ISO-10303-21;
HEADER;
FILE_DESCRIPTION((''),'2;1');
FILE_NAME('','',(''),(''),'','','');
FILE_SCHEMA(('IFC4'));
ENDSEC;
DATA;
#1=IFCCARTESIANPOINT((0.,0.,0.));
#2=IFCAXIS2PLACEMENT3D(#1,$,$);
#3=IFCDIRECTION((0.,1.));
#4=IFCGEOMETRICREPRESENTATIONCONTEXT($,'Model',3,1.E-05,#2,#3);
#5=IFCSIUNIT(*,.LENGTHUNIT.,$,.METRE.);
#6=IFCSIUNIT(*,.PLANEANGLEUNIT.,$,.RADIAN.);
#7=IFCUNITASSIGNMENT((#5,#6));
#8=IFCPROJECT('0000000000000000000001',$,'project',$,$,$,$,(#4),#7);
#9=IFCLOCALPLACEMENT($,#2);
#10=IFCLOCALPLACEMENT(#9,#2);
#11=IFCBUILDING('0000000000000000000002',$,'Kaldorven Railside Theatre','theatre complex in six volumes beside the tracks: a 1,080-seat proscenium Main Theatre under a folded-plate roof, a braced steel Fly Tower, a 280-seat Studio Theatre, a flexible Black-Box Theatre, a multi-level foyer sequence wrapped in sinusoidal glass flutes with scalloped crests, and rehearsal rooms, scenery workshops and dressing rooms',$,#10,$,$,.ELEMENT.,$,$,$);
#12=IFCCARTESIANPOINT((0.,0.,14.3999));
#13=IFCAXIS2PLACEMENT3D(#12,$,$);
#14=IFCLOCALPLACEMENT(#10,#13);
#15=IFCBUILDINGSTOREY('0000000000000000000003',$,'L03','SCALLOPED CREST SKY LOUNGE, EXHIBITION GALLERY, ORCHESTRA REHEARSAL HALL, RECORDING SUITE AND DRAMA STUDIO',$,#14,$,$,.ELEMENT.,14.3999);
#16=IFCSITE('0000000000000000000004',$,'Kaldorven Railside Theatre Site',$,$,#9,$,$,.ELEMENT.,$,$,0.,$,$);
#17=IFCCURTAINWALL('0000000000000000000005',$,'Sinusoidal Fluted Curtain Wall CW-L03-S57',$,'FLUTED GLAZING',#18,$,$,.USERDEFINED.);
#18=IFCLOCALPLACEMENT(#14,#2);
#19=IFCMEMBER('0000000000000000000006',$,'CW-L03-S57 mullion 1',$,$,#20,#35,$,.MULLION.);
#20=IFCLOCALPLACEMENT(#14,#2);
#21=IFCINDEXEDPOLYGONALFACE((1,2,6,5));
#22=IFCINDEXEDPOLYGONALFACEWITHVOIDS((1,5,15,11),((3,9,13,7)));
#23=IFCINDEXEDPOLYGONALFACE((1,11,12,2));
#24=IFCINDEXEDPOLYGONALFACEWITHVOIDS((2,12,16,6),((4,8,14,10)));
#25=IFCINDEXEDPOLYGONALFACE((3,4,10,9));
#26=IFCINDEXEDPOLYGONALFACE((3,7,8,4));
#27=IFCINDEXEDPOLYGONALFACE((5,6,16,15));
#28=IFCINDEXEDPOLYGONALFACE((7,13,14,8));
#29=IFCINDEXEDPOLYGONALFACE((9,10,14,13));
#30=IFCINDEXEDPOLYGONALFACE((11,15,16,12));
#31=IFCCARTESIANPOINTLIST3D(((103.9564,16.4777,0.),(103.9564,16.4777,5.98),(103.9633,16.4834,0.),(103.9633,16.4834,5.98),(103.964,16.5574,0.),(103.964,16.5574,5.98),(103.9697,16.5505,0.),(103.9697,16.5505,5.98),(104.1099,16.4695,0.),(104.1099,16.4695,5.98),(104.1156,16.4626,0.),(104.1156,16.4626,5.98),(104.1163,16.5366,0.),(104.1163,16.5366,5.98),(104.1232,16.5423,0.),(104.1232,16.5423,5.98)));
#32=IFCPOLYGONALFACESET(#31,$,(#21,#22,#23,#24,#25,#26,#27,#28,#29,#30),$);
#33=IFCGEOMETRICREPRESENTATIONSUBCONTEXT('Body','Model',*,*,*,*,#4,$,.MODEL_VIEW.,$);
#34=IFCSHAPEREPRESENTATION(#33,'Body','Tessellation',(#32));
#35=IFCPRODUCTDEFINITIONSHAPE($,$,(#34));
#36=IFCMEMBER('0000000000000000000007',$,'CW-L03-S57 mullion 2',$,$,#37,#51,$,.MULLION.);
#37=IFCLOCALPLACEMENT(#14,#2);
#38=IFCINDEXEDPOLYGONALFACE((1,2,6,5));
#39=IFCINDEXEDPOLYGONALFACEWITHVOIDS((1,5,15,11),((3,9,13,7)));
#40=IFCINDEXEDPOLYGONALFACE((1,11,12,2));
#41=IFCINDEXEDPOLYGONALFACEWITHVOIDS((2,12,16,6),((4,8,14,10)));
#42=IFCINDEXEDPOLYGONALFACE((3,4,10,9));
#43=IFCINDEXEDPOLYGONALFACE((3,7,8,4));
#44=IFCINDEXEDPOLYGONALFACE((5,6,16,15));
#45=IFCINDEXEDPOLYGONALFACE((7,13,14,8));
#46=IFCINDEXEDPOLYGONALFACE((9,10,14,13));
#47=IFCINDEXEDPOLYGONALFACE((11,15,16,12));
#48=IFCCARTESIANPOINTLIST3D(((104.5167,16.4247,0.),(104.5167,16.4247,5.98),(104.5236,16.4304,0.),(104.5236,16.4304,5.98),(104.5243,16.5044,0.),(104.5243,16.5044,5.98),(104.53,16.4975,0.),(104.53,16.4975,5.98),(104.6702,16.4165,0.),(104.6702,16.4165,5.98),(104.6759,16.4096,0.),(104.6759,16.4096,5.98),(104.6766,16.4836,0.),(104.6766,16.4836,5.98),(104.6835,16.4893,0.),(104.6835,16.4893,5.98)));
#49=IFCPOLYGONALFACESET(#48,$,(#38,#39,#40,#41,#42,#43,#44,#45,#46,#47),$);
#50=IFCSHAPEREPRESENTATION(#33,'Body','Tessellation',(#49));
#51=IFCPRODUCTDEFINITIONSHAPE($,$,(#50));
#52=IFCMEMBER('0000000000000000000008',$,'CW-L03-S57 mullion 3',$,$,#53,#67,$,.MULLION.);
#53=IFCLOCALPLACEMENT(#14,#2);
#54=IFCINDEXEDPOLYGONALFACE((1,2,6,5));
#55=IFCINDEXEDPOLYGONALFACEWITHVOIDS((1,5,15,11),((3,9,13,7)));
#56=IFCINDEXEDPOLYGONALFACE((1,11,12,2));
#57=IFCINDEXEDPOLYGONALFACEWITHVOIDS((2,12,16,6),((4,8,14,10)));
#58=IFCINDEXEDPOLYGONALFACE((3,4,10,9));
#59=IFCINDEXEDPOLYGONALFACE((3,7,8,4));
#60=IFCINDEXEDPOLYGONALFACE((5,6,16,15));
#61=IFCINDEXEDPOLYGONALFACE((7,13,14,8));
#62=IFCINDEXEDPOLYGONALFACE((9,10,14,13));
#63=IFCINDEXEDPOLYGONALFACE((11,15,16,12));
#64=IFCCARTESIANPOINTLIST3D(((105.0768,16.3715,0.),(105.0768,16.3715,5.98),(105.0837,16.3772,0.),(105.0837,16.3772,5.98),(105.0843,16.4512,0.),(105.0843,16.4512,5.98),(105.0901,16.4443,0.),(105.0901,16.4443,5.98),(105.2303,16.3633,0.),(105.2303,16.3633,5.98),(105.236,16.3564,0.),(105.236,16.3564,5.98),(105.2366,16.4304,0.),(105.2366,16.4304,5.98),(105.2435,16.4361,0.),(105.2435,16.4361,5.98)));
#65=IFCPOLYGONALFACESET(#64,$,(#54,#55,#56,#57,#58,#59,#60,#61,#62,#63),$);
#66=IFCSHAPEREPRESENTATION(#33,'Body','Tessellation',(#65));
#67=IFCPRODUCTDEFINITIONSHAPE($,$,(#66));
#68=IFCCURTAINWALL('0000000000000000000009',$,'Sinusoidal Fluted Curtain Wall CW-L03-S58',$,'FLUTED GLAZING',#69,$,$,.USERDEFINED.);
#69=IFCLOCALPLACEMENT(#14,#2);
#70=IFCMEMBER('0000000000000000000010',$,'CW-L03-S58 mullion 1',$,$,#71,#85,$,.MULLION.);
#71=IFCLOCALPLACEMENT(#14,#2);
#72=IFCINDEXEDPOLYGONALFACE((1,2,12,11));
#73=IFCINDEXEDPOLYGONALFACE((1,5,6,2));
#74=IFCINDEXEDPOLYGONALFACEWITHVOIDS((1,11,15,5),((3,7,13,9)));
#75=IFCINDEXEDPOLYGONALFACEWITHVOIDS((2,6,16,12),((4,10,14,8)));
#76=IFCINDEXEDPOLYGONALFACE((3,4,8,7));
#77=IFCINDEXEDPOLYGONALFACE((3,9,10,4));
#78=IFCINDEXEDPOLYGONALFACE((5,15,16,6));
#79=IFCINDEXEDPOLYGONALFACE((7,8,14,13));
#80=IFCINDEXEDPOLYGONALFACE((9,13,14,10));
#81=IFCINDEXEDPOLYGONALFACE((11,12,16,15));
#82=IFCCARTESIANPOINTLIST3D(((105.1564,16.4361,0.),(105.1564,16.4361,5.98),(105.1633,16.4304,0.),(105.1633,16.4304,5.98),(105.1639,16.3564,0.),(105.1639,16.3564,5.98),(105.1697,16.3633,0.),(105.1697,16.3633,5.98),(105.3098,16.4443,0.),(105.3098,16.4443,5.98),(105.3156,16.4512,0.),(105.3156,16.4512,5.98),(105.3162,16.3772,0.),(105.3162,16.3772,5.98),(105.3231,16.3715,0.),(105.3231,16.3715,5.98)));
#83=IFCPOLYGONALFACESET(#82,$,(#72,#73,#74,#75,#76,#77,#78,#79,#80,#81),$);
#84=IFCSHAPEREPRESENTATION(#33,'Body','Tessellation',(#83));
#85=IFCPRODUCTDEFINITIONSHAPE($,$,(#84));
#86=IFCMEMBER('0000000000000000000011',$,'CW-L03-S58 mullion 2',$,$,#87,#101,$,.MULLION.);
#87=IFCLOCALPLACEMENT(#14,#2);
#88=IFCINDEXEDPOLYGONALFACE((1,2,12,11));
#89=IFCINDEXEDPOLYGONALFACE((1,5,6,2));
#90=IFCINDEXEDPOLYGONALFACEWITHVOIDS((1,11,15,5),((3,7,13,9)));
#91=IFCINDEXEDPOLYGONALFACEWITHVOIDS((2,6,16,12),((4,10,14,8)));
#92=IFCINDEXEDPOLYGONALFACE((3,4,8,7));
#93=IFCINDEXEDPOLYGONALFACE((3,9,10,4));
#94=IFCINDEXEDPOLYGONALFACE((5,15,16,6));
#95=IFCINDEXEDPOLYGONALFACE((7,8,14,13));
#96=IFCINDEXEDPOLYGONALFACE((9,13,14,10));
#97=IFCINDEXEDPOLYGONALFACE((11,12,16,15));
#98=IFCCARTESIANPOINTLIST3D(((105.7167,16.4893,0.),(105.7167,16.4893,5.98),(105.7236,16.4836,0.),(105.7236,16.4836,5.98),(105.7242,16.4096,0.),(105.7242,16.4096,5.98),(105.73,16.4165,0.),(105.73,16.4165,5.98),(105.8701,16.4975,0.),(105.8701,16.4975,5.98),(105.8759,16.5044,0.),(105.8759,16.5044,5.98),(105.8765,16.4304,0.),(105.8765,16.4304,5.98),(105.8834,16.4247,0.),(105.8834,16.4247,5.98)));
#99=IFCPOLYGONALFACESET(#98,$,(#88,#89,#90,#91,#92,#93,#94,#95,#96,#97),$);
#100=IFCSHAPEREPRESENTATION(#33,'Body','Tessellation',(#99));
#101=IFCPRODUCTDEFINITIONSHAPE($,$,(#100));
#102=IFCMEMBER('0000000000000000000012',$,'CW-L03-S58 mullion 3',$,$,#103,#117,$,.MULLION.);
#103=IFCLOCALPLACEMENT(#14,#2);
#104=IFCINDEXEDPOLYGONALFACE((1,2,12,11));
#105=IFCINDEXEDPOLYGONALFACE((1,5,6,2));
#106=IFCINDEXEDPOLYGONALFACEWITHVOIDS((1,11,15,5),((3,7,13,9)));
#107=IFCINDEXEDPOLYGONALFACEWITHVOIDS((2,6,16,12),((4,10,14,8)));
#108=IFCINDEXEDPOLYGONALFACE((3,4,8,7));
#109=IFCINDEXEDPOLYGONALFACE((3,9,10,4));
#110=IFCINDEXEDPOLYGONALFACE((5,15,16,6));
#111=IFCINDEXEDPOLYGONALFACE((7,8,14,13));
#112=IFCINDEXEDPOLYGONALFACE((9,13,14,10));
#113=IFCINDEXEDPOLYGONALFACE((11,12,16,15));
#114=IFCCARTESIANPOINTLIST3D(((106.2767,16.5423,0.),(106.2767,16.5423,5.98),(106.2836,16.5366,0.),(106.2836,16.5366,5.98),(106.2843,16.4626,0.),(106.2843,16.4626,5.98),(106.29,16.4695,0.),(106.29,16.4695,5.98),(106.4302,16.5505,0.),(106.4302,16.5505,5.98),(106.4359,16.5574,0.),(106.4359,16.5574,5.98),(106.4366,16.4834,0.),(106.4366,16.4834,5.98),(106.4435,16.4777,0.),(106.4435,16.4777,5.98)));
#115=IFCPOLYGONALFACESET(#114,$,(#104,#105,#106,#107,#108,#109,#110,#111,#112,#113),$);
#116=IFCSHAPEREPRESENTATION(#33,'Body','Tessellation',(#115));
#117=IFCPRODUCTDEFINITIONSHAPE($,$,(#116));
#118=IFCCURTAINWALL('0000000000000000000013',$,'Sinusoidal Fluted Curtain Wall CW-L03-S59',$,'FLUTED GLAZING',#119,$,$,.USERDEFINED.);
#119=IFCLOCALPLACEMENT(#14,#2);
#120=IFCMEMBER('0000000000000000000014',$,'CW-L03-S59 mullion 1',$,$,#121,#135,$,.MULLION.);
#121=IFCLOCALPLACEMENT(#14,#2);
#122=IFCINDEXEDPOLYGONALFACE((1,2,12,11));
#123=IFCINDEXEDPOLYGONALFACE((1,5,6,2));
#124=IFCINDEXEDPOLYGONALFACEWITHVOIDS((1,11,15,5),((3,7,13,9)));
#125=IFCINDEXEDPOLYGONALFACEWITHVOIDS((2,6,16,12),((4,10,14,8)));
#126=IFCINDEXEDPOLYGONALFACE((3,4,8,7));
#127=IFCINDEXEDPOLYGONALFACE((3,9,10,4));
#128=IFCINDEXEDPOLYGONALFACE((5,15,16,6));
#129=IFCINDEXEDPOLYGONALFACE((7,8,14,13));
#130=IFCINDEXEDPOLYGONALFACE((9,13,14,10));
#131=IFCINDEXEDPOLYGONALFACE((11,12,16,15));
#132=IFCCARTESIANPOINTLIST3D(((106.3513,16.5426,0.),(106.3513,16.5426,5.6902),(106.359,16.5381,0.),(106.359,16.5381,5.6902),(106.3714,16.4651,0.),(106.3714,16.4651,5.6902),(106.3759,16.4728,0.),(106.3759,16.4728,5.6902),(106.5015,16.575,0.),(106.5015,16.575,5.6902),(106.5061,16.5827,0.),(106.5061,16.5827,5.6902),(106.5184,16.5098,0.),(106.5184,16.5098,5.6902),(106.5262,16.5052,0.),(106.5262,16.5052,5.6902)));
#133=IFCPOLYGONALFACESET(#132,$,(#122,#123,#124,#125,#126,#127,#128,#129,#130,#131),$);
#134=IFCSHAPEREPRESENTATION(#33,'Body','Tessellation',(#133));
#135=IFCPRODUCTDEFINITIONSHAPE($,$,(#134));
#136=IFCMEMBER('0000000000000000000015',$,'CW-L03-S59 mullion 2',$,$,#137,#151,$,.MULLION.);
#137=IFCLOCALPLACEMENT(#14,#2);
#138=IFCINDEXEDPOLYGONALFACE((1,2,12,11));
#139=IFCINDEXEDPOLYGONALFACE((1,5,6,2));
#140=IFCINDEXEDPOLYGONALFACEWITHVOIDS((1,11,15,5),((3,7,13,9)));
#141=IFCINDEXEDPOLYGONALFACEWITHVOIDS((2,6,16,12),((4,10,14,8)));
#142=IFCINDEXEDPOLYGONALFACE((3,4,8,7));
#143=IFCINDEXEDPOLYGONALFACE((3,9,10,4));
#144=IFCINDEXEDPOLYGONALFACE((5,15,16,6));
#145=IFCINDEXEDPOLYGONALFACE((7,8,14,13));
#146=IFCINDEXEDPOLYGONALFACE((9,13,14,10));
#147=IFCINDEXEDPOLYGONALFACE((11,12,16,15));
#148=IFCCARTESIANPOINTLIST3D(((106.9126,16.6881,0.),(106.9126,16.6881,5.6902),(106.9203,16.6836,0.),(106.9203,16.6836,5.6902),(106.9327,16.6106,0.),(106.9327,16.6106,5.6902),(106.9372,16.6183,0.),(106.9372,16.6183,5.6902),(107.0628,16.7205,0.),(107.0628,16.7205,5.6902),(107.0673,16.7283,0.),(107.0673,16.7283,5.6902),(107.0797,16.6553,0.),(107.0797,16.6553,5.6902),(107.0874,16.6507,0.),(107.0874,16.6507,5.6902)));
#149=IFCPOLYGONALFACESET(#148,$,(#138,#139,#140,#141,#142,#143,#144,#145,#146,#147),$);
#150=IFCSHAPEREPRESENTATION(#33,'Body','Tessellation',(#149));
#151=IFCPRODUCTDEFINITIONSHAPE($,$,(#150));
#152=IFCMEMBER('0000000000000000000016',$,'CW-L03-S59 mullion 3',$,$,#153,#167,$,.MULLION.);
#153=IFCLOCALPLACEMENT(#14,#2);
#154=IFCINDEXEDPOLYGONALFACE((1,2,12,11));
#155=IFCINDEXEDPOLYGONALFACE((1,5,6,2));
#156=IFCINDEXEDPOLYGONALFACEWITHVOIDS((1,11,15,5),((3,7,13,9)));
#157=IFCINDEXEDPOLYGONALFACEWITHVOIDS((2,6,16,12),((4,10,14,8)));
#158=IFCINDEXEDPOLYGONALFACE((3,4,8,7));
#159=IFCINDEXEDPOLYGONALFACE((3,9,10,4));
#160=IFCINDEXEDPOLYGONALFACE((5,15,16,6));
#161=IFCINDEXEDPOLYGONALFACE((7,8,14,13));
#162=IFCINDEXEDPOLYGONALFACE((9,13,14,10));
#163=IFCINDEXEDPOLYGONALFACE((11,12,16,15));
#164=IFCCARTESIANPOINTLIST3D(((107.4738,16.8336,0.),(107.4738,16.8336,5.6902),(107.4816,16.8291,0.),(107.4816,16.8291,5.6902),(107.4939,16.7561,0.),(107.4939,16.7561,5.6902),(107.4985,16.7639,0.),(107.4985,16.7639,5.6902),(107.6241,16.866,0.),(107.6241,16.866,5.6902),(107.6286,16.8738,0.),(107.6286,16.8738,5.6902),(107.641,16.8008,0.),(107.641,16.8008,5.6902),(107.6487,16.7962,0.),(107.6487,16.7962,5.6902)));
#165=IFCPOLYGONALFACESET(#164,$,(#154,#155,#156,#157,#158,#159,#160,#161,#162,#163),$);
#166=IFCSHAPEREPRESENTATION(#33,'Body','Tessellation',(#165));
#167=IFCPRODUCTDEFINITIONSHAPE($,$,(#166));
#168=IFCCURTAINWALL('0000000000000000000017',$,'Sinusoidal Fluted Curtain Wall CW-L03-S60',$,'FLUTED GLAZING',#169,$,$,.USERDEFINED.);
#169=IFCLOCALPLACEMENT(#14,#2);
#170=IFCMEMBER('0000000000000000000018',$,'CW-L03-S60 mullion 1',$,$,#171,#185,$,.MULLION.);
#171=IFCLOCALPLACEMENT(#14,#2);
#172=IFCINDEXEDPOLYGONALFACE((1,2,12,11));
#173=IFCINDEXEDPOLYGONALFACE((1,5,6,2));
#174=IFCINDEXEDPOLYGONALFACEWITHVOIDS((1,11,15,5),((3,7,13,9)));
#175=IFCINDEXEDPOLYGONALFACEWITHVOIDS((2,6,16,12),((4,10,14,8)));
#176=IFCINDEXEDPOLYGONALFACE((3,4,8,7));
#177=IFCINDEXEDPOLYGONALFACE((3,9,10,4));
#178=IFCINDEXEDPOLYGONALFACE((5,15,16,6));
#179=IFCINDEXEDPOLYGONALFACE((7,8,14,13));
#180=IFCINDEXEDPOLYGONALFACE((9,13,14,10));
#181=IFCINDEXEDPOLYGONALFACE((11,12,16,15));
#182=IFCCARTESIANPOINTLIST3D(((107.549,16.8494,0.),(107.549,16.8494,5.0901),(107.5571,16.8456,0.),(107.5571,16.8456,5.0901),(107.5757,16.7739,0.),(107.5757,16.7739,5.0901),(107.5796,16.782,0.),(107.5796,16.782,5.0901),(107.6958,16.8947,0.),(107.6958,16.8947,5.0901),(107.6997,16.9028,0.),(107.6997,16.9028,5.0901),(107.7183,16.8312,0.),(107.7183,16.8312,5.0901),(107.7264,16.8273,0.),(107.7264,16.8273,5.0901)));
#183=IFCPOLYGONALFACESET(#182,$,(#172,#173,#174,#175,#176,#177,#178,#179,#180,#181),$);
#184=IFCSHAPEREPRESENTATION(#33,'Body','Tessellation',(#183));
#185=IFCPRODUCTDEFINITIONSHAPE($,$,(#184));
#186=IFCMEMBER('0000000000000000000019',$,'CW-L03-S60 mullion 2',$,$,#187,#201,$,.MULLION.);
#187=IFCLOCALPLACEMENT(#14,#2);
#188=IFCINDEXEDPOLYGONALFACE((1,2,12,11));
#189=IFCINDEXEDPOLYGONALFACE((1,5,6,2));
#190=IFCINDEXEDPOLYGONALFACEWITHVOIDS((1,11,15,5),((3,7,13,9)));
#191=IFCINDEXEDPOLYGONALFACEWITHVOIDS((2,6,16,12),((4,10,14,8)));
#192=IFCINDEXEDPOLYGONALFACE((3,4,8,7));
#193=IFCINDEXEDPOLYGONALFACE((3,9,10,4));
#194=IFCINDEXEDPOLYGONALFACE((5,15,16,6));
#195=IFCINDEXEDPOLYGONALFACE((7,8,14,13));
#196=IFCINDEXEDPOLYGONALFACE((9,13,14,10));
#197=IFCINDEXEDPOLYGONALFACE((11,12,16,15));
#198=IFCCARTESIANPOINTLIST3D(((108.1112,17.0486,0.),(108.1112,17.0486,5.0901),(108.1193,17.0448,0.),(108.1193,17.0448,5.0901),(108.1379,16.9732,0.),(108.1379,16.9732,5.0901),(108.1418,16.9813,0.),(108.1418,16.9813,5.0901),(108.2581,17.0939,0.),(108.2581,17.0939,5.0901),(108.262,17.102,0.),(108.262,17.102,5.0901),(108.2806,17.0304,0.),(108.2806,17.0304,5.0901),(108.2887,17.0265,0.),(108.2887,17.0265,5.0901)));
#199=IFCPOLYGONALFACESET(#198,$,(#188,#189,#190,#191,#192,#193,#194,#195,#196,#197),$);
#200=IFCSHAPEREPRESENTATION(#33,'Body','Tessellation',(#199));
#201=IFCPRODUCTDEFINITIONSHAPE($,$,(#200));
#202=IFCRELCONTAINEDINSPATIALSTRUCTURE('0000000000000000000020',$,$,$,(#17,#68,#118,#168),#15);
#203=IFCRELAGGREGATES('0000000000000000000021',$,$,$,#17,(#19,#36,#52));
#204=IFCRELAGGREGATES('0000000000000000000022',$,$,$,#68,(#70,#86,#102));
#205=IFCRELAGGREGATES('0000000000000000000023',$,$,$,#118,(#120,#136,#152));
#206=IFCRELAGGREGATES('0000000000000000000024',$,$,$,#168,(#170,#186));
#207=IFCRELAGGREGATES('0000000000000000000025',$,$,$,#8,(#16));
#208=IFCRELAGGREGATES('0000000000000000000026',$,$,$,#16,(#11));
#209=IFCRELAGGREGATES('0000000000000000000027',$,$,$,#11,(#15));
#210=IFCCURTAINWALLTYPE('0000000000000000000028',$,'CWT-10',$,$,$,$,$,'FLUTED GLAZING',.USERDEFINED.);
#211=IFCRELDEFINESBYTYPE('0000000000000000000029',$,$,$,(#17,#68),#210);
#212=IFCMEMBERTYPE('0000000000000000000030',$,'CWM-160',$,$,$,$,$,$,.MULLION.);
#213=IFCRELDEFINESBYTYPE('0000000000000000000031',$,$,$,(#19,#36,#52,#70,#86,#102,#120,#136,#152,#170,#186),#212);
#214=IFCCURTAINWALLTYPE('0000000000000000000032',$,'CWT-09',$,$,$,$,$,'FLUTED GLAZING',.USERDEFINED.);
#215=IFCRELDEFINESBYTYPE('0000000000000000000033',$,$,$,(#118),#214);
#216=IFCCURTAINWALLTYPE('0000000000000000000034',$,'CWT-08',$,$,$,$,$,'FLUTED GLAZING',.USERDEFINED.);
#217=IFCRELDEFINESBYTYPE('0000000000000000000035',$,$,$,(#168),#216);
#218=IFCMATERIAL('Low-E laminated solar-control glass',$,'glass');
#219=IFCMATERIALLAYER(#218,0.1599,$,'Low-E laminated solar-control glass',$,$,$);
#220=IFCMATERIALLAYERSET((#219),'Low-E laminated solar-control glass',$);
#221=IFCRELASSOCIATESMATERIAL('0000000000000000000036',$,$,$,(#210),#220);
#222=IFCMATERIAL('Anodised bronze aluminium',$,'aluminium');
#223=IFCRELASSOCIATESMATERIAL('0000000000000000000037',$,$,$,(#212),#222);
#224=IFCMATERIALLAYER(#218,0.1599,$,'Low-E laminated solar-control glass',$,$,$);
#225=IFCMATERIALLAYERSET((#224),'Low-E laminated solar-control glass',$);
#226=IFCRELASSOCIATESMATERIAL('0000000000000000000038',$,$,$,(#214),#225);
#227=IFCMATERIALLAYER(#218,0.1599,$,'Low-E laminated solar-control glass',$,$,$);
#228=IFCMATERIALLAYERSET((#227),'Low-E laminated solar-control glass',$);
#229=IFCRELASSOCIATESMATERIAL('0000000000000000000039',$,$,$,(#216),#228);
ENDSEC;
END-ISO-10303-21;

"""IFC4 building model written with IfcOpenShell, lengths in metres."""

from ifc_helpers import new_model, si_unit, direction, frame, origin, origin_2d, place, context, subcontext, project, spatial, hollow_rectangle, extrude, material, layer, layer_set, material_profile, profile_set, type_object, element, aggregate, save


model = new_model("IFC4")

# Units and contexts
model_context = context("Model", 3, precision=1e-05, world=origin(), true_north=direction((0.0, 1.0)))
body_context = subcontext(model_context, "Body", "Model", "MODEL_VIEW")
ifc_project = project(units=[si_unit("LENGTHUNIT", "METRE"), si_unit("PLANEANGLEUNIT", "RADIAN")], contexts=[model_context])

# Site, building, storey
site_placement = place(None, origin())
site = spatial("IfcSite", under=ifc_project, at=site_placement, Name="Kaldorven Railside Theatre Site", CompositionType="ELEMENT", RefElevation=0.0)
building_placement = place(site_placement, origin())
building = spatial("IfcBuilding", under=site, at=building_placement, Name="Kaldorven Railside Theatre", Description="theatre complex in six volumes beside the tracks: a 1,080-seat proscenium Main Theatre under a folded-plate roof, a braced steel Fly Tower, a 280-seat Studio Theatre, a flexible Black-Box Theatre, a multi-level foyer sequence wrapped in sinusoidal glass flutes with scalloped crests, and rehearsal rooms, scenery workshops and dressing rooms", CompositionType="ELEMENT")
storey_placement = place(building_placement, frame((0.0, 0.0, 14.3999)))
storey = spatial("IfcBuildingStorey", under=building, at=storey_placement, Name="L03", Description="SCALLOPED CREST SKY LOUNGE, EXHIBITION GALLERY, ORCHESTRA REHEARSAL HALL, RECORDING SUITE AND DRAMA STUDIO", CompositionType="ELEMENT", Elevation=14.3999)

# Curtain walls, members
ifc_material_1 = material(Name="Low-E laminated solar-control glass", Category="glass")
ifc_layer_1 = layer(ifc_material_1, 0.1599, Name="Low-E laminated solar-control glass")
ifc_layer_set_1 = layer_set([ifc_layer_1], Name="Low-E laminated solar-control glass")
curtain_wall_type_1 = type_object("IfcCurtainWallType", Name="CWT-10", ElementType="FLUTED GLAZING", PredefinedType="USERDEFINED", material=ifc_layer_set_1)
curtain_wall_1_placement = place(storey_placement, origin())
curtain_wall_1 = element("IfcCurtainWall", 1, at=curtain_wall_1_placement, inside=storey, type_object=curtain_wall_type_1, Name="Sinusoidal Fluted Curtain Wall CW-L03-S57", ObjectType="FLUTED GLAZING", PredefinedType="USERDEFINED")
ifc_material_2 = material(Name="Anodised bronze aluminium", Category="aluminium")
ifc_material_profile_1 = material_profile(ifc_material_2, hollow_rectangle(XDim=0.0801, YDim=0.1599, WallThickness=0.0063, at=origin_2d()), Name="RHS 160x80x6.3")
ifc_profile_set_1 = profile_set([ifc_material_profile_1], Name="Anodised bronze aluminium")
member_type_1 = type_object("IfcMemberType", Name="CWM-160", PredefinedType="MULLION", material=ifc_profile_set_1)
member_1_placement = place(storey_placement, frame((104.0398, 16.51, 0.0), z_axis=(0.0, 0.0, 1.0), x_axis=(0.094492, 0.995526, 0.0)))
member_1 = element("IfcMember", 2, at=member_1_placement, type_object=member_type_1, Name="CW-L03-S57 mullion 1", PredefinedType="MULLION", context=body_context, shape_type="SweptSolid", body=[
    extrude(hollow_rectangle(XDim=0.0801, YDim=0.1599, WallThickness=0.0063, at=origin_2d()), origin(), (0.0, 0.0, 1.0), 5.98),
])
member_2_placement = place(storey_placement, frame((104.6001, 16.457, 0.0), z_axis=(0.0, 0.0, 1.0), x_axis=(0.094492, 0.995526, 0.0)))
member_2 = element("IfcMember", 3, at=member_2_placement, type_object=member_type_1, Name="CW-L03-S57 mullion 2", PredefinedType="MULLION", context=body_context, shape_type="SweptSolid", body=[
    extrude(hollow_rectangle(XDim=0.0801, YDim=0.1599, WallThickness=0.0063, at=origin_2d()), origin(), (0.0, 0.0, 1.0), 5.98),
])
member_3_placement = place(storey_placement, frame((105.1602, 16.4038, 0.0), z_axis=(0.0, 0.0, 1.0), x_axis=(0.094492, 0.995526, 0.0)))
member_3 = element("IfcMember", 4, at=member_3_placement, type_object=member_type_1, Name="CW-L03-S57 mullion 3", PredefinedType="MULLION", context=body_context, shape_type="SweptSolid", body=[
    extrude(hollow_rectangle(XDim=0.0801, YDim=0.1599, WallThickness=0.0063, at=origin_2d()), origin(), (0.0, 0.0, 1.0), 5.98),
])
curtain_wall_2_placement = place(storey_placement, origin())
curtain_wall_2 = element("IfcCurtainWall", 5, at=curtain_wall_2_placement, inside=storey, type_object=curtain_wall_type_1, Name="Sinusoidal Fluted Curtain Wall CW-L03-S58", ObjectType="FLUTED GLAZING", PredefinedType="USERDEFINED")
member_4_placement = place(storey_placement, frame((105.2397, 16.4038, 0.0), z_axis=(0.0, 0.0, 1.0), x_axis=(-0.094492, 0.995526, 0.0)))
member_4 = element("IfcMember", 6, at=member_4_placement, type_object=member_type_1, Name="CW-L03-S58 mullion 1", PredefinedType="MULLION", context=body_context, shape_type="SweptSolid", body=[
    extrude(hollow_rectangle(XDim=0.0801, YDim=0.1599, WallThickness=0.0063, at=origin_2d()), origin(), (0.0, 0.0, 1.0), 5.98),
])
member_5_placement = place(storey_placement, frame((105.8, 16.457, 0.0), z_axis=(0.0, 0.0, 1.0), x_axis=(-0.094492, 0.995526, 0.0)))
member_5 = element("IfcMember", 7, at=member_5_placement, type_object=member_type_1, Name="CW-L03-S58 mullion 2", PredefinedType="MULLION", context=body_context, shape_type="SweptSolid", body=[
    extrude(hollow_rectangle(XDim=0.0801, YDim=0.1599, WallThickness=0.0063, at=origin_2d()), origin(), (0.0, 0.0, 1.0), 5.98),
])
member_6_placement = place(storey_placement, frame((106.3601, 16.51, 0.0), z_axis=(0.0, 0.0, 1.0), x_axis=(-0.094492, 0.995526, 0.0)))
member_6 = element("IfcMember", 8, at=member_6_placement, type_object=member_type_1, Name="CW-L03-S58 mullion 3", PredefinedType="MULLION", context=body_context, shape_type="SweptSolid", body=[
    extrude(hollow_rectangle(XDim=0.0801, YDim=0.1599, WallThickness=0.0063, at=origin_2d()), origin(), (0.0, 0.0, 1.0), 5.98),
])
ifc_layer_2 = layer(ifc_material_1, 0.1599, Name="Low-E laminated solar-control glass")
ifc_layer_set_2 = layer_set([ifc_layer_2], Name="Low-E laminated solar-control glass")
curtain_wall_type_2 = type_object("IfcCurtainWallType", Name="CWT-09", ElementType="FLUTED GLAZING", PredefinedType="USERDEFINED", material=ifc_layer_set_2)
curtain_wall_3_placement = place(storey_placement, origin())
curtain_wall_3 = element("IfcCurtainWall", 9, at=curtain_wall_3_placement, inside=storey, type_object=curtain_wall_type_2, Name="Sinusoidal Fluted Curtain Wall CW-L03-S59", ObjectType="FLUTED GLAZING", PredefinedType="USERDEFINED")
member_7_placement = place(storey_placement, frame((106.4387, 16.5239, 0.0), z_axis=(0.0, 0.0, 1.0), x_axis=(-0.250954, 0.967999, 0.0)))
member_7 = element("IfcMember", 10, at=member_7_placement, type_object=member_type_1, Name="CW-L03-S59 mullion 1", PredefinedType="MULLION", context=body_context, shape_type="SweptSolid", body=[
    extrude(hollow_rectangle(XDim=0.0801, YDim=0.1599, WallThickness=0.0063, at=origin_2d()), origin(), (0.0, 0.0, 1.0), 5.6902),
])
member_8_placement = place(storey_placement, frame((107.0, 16.6694, 0.0), z_axis=(0.0, 0.0, 1.0), x_axis=(-0.250954, 0.967999, 0.0)))
member_8 = element("IfcMember", 11, at=member_8_placement, type_object=member_type_1, Name="CW-L03-S59 mullion 2", PredefinedType="MULLION", context=body_context, shape_type="SweptSolid", body=[
    extrude(hollow_rectangle(XDim=0.0801, YDim=0.1599, WallThickness=0.0063, at=origin_2d()), origin(), (0.0, 0.0, 1.0), 5.6902),
])
member_9_placement = place(storey_placement, frame((107.5613, 16.8149, 0.0), z_axis=(0.0, 0.0, 1.0), x_axis=(-0.250954, 0.967999, 0.0)))
member_9 = element("IfcMember", 12, at=member_9_placement, type_object=member_type_1, Name="CW-L03-S59 mullion 3", PredefinedType="MULLION", context=body_context, shape_type="SweptSolid", body=[
    extrude(hollow_rectangle(XDim=0.0801, YDim=0.1599, WallThickness=0.0063, at=origin_2d()), origin(), (0.0, 0.0, 1.0), 5.6902),
])
ifc_layer_3 = layer(ifc_material_1, 0.1599, Name="Low-E laminated solar-control glass")
ifc_layer_set_3 = layer_set([ifc_layer_3], Name="Low-E laminated solar-control glass")
curtain_wall_type_3 = type_object("IfcCurtainWallType", Name="CWT-08", ElementType="FLUTED GLAZING", PredefinedType="USERDEFINED", material=ifc_layer_set_3)
curtain_wall_4_placement = place(storey_placement, origin())
curtain_wall_4 = element("IfcCurtainWall", 13, at=curtain_wall_4_placement, inside=storey, type_object=curtain_wall_type_3, Name="Sinusoidal Fluted Curtain Wall CW-L03-S60", ObjectType="FLUTED GLAZING", PredefinedType="USERDEFINED")
member_10_placement = place(storey_placement, frame((107.6377, 16.8384, 0.0), z_axis=(0.0, 0.0, 1.0), x_axis=(-0.333847, 0.942627, 0.0)))
member_10 = element("IfcMember", 14, at=member_10_placement, type_object=member_type_1, Name="CW-L03-S60 mullion 1", PredefinedType="MULLION", context=body_context, shape_type="SweptSolid", body=[
    extrude(hollow_rectangle(XDim=0.0801, YDim=0.1599, WallThickness=0.0063, at=origin_2d()), origin(), (0.0, 0.0, 1.0), 5.0901),
])
member_11_placement = place(storey_placement, frame((108.2, 17.0376, 0.0), z_axis=(0.0, 0.0, 1.0), x_axis=(-0.333847, 0.942627, 0.0)))
member_11 = element("IfcMember", 15, at=member_11_placement, type_object=member_type_1, Name="CW-L03-S60 mullion 2", PredefinedType="MULLION", context=body_context, shape_type="SweptSolid", body=[
    extrude(hollow_rectangle(XDim=0.0801, YDim=0.1599, WallThickness=0.0063, at=origin_2d()), origin(), (0.0, 0.0, 1.0), 5.0901),
])

aggregate(curtain_wall_1, [member_1, member_2, member_3])
aggregate(curtain_wall_2, [member_4, member_5, member_6])
aggregate(curtain_wall_3, [member_7, member_8, member_9])
aggregate(curtain_wall_4, [member_10, member_11])

save(model, "model.ifc")
